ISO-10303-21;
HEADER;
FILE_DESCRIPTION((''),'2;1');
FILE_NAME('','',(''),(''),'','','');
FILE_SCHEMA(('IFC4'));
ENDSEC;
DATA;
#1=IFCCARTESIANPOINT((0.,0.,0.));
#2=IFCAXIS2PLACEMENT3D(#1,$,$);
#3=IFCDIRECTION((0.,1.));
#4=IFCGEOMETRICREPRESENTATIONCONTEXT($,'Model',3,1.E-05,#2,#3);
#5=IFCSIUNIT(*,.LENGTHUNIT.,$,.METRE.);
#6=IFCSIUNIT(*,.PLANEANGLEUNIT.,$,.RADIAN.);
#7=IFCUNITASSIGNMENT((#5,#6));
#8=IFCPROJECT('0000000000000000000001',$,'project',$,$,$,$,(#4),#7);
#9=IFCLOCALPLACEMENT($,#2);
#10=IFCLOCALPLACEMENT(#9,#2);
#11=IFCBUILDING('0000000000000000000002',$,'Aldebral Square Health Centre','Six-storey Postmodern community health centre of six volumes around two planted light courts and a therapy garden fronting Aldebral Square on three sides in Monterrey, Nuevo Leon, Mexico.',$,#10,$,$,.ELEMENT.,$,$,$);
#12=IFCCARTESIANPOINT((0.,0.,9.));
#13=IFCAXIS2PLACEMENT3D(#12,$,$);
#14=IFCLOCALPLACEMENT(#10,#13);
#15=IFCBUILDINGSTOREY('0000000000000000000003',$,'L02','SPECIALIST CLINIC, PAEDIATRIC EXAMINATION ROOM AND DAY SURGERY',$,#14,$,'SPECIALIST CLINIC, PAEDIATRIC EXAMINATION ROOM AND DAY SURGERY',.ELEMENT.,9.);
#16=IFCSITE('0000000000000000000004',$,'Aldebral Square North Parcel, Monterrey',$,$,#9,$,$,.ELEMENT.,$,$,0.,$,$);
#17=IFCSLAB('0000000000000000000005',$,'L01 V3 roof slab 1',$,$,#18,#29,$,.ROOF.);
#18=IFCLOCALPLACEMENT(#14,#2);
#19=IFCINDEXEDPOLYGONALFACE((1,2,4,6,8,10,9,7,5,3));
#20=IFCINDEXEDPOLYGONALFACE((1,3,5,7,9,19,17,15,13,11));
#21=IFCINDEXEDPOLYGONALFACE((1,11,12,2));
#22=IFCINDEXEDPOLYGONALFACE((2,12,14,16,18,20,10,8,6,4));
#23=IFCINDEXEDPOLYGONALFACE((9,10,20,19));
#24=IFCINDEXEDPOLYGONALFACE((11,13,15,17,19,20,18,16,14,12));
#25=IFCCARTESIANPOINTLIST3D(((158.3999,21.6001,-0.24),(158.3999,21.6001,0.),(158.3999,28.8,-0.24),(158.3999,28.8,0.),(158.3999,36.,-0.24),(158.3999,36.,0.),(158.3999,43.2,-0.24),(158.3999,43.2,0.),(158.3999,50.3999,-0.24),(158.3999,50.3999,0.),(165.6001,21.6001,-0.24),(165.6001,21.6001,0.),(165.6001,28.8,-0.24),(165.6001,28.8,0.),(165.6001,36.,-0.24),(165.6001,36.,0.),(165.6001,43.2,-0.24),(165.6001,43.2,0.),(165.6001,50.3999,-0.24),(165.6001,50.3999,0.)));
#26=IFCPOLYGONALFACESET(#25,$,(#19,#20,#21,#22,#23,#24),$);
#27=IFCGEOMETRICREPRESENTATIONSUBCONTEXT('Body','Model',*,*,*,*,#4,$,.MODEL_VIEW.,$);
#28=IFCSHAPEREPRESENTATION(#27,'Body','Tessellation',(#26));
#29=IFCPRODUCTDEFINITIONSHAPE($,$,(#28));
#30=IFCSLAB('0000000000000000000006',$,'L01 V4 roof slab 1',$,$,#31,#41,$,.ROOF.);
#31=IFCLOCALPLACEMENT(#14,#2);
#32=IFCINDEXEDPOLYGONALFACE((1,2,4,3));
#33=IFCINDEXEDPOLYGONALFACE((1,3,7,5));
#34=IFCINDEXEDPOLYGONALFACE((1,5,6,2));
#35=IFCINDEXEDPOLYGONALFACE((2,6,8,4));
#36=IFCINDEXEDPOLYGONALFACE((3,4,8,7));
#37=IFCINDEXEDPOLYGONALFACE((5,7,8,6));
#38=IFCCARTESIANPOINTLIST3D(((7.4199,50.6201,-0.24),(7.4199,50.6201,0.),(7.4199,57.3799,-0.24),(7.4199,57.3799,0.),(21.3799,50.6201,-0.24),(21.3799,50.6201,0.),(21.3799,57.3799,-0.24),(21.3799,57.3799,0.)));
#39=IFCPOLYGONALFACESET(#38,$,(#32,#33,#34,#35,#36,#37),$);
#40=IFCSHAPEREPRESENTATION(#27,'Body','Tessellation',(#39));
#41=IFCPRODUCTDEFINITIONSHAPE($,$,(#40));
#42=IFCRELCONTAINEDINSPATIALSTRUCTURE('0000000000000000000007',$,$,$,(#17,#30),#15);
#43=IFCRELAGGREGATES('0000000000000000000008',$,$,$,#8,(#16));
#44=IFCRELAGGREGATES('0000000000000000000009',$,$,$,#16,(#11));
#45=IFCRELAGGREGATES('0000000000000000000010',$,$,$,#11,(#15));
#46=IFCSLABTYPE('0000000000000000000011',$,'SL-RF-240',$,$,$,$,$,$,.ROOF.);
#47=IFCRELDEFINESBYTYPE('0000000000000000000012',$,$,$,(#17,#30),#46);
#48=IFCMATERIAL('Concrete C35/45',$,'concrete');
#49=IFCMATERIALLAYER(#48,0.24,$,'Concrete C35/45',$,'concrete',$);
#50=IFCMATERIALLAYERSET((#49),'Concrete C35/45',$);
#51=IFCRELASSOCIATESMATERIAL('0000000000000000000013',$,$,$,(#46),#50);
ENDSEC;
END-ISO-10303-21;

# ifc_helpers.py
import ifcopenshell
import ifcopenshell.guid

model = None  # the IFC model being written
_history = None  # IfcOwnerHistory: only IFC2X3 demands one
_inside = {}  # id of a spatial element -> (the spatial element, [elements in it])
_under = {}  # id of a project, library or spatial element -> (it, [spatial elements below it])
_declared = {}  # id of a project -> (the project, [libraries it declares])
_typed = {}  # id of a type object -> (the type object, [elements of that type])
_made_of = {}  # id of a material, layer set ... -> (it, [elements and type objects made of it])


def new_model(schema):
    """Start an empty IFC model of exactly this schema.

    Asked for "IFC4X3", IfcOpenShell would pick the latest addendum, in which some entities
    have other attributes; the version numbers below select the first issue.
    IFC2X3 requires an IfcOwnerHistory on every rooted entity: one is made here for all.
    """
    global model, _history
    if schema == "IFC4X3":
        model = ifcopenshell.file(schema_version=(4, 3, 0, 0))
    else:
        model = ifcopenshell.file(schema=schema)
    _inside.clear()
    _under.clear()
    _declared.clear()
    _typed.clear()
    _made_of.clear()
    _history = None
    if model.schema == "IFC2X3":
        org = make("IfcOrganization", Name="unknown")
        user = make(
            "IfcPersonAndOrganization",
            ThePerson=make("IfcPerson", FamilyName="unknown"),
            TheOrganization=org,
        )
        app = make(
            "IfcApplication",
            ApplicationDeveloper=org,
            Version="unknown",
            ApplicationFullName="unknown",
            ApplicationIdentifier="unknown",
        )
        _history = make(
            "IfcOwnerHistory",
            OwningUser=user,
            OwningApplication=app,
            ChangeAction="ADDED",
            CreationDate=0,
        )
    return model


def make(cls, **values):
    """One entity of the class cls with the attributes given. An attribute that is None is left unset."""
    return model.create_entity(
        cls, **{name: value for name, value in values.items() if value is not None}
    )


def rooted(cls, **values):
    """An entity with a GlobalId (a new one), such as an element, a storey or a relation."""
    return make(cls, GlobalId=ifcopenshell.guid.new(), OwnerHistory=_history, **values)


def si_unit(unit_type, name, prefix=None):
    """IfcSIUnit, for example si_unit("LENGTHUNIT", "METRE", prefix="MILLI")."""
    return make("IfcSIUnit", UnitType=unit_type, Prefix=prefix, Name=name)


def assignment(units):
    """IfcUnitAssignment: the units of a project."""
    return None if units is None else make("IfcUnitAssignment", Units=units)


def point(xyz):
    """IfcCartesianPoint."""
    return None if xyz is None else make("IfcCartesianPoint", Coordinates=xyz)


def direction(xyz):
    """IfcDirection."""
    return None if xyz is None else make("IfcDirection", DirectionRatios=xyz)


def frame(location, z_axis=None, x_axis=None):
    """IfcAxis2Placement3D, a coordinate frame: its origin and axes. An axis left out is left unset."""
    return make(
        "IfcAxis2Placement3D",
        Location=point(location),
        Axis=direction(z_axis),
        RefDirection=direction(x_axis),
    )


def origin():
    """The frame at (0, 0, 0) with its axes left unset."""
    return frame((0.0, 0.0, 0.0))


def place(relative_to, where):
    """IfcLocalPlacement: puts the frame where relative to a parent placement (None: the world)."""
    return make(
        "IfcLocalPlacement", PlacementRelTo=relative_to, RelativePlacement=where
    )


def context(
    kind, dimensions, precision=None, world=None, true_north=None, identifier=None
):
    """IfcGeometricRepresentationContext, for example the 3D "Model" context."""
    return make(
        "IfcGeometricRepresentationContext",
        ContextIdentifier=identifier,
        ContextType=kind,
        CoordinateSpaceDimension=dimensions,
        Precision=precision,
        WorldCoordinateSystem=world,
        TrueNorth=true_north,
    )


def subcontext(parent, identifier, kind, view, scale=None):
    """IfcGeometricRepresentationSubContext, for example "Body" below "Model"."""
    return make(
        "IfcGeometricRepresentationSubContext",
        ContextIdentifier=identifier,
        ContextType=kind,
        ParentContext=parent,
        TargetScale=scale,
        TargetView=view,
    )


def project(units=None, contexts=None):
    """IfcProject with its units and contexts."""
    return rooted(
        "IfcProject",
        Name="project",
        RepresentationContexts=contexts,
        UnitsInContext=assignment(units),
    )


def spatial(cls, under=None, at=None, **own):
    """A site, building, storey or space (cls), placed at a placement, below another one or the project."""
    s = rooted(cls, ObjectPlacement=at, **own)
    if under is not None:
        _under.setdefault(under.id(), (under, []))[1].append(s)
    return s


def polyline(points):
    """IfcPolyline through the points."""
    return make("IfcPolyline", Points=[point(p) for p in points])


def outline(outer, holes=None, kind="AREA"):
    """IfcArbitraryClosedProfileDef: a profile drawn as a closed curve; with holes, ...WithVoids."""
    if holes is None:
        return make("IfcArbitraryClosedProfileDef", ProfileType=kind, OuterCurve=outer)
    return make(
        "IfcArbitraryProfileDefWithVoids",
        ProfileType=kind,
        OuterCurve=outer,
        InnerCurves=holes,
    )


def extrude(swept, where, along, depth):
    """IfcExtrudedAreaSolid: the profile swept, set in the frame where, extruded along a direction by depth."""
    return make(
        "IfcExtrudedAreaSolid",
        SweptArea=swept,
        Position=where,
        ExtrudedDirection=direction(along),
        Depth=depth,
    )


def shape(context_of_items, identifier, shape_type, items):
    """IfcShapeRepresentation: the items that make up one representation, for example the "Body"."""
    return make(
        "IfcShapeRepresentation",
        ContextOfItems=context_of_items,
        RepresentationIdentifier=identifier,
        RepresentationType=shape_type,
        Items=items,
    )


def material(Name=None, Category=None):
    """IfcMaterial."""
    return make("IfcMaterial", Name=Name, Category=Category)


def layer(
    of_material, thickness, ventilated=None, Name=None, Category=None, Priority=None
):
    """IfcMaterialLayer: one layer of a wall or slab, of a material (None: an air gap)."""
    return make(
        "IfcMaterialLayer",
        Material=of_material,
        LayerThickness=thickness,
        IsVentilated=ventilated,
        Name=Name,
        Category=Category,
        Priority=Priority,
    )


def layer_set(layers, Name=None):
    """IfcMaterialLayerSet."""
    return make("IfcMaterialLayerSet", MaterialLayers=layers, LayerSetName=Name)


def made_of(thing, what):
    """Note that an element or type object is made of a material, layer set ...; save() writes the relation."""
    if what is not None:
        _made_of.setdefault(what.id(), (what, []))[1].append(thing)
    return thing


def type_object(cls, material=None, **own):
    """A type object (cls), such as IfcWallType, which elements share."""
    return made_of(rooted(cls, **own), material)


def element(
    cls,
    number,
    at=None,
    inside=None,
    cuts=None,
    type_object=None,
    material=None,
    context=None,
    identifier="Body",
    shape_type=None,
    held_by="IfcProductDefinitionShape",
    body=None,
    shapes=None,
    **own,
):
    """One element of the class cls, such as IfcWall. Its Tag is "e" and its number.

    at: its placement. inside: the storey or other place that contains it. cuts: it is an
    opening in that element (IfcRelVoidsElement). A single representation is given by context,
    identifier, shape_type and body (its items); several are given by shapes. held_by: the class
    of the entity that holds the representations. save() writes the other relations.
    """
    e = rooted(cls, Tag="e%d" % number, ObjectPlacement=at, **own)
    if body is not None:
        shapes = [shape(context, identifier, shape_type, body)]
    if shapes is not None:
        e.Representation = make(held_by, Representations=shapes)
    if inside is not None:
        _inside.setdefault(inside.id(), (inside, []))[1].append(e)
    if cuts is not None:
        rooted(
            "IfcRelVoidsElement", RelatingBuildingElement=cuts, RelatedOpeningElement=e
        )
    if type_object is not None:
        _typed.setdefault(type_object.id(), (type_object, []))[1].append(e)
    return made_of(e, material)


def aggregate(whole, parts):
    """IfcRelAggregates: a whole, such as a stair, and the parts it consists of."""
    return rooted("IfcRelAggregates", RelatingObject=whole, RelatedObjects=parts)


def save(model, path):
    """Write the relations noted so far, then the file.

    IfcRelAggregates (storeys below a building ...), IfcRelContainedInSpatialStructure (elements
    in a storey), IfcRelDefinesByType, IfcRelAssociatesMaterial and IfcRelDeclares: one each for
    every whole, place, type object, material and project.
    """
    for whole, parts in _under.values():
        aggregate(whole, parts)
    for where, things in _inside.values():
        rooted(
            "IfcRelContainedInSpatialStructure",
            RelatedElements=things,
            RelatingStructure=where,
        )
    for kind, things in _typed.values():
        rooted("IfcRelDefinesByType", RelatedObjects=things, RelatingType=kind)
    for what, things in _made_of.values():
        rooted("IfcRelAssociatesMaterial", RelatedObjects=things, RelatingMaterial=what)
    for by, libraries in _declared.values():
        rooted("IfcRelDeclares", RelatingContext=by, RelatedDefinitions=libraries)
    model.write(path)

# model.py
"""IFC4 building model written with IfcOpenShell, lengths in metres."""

from ifc_helpers import new_model, si_unit, direction, frame, origin, place, context, subcontext, project, spatial, polyline, outline, extrude, material, layer, layer_set, type_object, element, save


model = new_model("IFC4")

# Units and contexts
model_context = context("Model", 3, precision=1e-05, world=origin(), true_north=direction((0.0, 1.0)))
body_context = subcontext(model_context, "Body", "Model", "MODEL_VIEW")
ifc_project = project(units=[si_unit("LENGTHUNIT", "METRE"), si_unit("PLANEANGLEUNIT", "RADIAN")], contexts=[model_context])

# Site, building, storey
site_placement = place(None, origin())
site = spatial("IfcSite", under=ifc_project, at=site_placement, Name="Aldebral Square North Parcel, Monterrey", CompositionType="ELEMENT", RefElevation=0.0)
building_placement = place(site_placement, origin())
building = spatial("IfcBuilding", under=site, at=building_placement, Name="Aldebral Square Health Centre", Description="Six-storey Postmodern community health centre of six volumes around two planted light courts and a therapy garden fronting Aldebral Square on three sides in Monterrey, Nuevo Leon, Mexico.", CompositionType="ELEMENT")
storey_placement = place(building_placement, frame((0.0, 0.0, 9.0)))
storey = spatial("IfcBuildingStorey", under=building, at=storey_placement, Name="L02", Description="SPECIALIST CLINIC, PAEDIATRIC EXAMINATION ROOM AND DAY SURGERY", LongName="SPECIALIST CLINIC, PAEDIATRIC EXAMINATION ROOM AND DAY SURGERY", CompositionType="ELEMENT", Elevation=9.0)

# Slabs
ifc_material = material(Name="Concrete C35/45", Category="concrete")
ifc_layer_1 = layer(ifc_material, 0.24, Name="Concrete C35/45", Category="concrete")
ifc_layer_set_1 = layer_set([ifc_layer_1], Name="Concrete C35/45")
slab_type_1 = type_object("IfcSlabType", Name="SL-RF-240", PredefinedType="ROOF", material=ifc_layer_set_1)
slab_1_placement = place(storey_placement, frame((0.0, 0.0, -0.24)))
element("IfcSlab", 1, at=slab_1_placement, inside=storey, type_object=slab_type_1, Name="L01 V3 roof slab 1", PredefinedType="ROOF", context=body_context, shape_type="SweptSolid", body=[
    extrude(outline(polyline([(158.3999, 28.8), (158.3999, 36.0), (158.3999, 43.2), (158.3999, 50.3999), (165.6001, 50.3999), (165.6001, 43.2), (165.6001, 36.0), (165.6001, 28.8), (165.6001, 21.6001), (158.3999, 21.6001), (158.3999, 28.8)])), origin(), (0.0, 0.0, 1.0), 0.24),
])
slab_2_placement = place(storey_placement, frame((0.0, 0.0, -0.24)))
element("IfcSlab", 2, at=slab_2_placement, inside=storey, type_object=slab_type_1, Name="L01 V4 roof slab 1", PredefinedType="ROOF", context=body_context, shape_type="SweptSolid", body=[
    extrude(outline(polyline([(21.3799, 50.6201), (7.4199, 50.6201), (7.4199, 57.3799), (21.3799, 57.3799), (21.3799, 50.6201)])), origin(), (0.0, 0.0, 1.0), 0.24),
])

save(model, "model.ifc")
